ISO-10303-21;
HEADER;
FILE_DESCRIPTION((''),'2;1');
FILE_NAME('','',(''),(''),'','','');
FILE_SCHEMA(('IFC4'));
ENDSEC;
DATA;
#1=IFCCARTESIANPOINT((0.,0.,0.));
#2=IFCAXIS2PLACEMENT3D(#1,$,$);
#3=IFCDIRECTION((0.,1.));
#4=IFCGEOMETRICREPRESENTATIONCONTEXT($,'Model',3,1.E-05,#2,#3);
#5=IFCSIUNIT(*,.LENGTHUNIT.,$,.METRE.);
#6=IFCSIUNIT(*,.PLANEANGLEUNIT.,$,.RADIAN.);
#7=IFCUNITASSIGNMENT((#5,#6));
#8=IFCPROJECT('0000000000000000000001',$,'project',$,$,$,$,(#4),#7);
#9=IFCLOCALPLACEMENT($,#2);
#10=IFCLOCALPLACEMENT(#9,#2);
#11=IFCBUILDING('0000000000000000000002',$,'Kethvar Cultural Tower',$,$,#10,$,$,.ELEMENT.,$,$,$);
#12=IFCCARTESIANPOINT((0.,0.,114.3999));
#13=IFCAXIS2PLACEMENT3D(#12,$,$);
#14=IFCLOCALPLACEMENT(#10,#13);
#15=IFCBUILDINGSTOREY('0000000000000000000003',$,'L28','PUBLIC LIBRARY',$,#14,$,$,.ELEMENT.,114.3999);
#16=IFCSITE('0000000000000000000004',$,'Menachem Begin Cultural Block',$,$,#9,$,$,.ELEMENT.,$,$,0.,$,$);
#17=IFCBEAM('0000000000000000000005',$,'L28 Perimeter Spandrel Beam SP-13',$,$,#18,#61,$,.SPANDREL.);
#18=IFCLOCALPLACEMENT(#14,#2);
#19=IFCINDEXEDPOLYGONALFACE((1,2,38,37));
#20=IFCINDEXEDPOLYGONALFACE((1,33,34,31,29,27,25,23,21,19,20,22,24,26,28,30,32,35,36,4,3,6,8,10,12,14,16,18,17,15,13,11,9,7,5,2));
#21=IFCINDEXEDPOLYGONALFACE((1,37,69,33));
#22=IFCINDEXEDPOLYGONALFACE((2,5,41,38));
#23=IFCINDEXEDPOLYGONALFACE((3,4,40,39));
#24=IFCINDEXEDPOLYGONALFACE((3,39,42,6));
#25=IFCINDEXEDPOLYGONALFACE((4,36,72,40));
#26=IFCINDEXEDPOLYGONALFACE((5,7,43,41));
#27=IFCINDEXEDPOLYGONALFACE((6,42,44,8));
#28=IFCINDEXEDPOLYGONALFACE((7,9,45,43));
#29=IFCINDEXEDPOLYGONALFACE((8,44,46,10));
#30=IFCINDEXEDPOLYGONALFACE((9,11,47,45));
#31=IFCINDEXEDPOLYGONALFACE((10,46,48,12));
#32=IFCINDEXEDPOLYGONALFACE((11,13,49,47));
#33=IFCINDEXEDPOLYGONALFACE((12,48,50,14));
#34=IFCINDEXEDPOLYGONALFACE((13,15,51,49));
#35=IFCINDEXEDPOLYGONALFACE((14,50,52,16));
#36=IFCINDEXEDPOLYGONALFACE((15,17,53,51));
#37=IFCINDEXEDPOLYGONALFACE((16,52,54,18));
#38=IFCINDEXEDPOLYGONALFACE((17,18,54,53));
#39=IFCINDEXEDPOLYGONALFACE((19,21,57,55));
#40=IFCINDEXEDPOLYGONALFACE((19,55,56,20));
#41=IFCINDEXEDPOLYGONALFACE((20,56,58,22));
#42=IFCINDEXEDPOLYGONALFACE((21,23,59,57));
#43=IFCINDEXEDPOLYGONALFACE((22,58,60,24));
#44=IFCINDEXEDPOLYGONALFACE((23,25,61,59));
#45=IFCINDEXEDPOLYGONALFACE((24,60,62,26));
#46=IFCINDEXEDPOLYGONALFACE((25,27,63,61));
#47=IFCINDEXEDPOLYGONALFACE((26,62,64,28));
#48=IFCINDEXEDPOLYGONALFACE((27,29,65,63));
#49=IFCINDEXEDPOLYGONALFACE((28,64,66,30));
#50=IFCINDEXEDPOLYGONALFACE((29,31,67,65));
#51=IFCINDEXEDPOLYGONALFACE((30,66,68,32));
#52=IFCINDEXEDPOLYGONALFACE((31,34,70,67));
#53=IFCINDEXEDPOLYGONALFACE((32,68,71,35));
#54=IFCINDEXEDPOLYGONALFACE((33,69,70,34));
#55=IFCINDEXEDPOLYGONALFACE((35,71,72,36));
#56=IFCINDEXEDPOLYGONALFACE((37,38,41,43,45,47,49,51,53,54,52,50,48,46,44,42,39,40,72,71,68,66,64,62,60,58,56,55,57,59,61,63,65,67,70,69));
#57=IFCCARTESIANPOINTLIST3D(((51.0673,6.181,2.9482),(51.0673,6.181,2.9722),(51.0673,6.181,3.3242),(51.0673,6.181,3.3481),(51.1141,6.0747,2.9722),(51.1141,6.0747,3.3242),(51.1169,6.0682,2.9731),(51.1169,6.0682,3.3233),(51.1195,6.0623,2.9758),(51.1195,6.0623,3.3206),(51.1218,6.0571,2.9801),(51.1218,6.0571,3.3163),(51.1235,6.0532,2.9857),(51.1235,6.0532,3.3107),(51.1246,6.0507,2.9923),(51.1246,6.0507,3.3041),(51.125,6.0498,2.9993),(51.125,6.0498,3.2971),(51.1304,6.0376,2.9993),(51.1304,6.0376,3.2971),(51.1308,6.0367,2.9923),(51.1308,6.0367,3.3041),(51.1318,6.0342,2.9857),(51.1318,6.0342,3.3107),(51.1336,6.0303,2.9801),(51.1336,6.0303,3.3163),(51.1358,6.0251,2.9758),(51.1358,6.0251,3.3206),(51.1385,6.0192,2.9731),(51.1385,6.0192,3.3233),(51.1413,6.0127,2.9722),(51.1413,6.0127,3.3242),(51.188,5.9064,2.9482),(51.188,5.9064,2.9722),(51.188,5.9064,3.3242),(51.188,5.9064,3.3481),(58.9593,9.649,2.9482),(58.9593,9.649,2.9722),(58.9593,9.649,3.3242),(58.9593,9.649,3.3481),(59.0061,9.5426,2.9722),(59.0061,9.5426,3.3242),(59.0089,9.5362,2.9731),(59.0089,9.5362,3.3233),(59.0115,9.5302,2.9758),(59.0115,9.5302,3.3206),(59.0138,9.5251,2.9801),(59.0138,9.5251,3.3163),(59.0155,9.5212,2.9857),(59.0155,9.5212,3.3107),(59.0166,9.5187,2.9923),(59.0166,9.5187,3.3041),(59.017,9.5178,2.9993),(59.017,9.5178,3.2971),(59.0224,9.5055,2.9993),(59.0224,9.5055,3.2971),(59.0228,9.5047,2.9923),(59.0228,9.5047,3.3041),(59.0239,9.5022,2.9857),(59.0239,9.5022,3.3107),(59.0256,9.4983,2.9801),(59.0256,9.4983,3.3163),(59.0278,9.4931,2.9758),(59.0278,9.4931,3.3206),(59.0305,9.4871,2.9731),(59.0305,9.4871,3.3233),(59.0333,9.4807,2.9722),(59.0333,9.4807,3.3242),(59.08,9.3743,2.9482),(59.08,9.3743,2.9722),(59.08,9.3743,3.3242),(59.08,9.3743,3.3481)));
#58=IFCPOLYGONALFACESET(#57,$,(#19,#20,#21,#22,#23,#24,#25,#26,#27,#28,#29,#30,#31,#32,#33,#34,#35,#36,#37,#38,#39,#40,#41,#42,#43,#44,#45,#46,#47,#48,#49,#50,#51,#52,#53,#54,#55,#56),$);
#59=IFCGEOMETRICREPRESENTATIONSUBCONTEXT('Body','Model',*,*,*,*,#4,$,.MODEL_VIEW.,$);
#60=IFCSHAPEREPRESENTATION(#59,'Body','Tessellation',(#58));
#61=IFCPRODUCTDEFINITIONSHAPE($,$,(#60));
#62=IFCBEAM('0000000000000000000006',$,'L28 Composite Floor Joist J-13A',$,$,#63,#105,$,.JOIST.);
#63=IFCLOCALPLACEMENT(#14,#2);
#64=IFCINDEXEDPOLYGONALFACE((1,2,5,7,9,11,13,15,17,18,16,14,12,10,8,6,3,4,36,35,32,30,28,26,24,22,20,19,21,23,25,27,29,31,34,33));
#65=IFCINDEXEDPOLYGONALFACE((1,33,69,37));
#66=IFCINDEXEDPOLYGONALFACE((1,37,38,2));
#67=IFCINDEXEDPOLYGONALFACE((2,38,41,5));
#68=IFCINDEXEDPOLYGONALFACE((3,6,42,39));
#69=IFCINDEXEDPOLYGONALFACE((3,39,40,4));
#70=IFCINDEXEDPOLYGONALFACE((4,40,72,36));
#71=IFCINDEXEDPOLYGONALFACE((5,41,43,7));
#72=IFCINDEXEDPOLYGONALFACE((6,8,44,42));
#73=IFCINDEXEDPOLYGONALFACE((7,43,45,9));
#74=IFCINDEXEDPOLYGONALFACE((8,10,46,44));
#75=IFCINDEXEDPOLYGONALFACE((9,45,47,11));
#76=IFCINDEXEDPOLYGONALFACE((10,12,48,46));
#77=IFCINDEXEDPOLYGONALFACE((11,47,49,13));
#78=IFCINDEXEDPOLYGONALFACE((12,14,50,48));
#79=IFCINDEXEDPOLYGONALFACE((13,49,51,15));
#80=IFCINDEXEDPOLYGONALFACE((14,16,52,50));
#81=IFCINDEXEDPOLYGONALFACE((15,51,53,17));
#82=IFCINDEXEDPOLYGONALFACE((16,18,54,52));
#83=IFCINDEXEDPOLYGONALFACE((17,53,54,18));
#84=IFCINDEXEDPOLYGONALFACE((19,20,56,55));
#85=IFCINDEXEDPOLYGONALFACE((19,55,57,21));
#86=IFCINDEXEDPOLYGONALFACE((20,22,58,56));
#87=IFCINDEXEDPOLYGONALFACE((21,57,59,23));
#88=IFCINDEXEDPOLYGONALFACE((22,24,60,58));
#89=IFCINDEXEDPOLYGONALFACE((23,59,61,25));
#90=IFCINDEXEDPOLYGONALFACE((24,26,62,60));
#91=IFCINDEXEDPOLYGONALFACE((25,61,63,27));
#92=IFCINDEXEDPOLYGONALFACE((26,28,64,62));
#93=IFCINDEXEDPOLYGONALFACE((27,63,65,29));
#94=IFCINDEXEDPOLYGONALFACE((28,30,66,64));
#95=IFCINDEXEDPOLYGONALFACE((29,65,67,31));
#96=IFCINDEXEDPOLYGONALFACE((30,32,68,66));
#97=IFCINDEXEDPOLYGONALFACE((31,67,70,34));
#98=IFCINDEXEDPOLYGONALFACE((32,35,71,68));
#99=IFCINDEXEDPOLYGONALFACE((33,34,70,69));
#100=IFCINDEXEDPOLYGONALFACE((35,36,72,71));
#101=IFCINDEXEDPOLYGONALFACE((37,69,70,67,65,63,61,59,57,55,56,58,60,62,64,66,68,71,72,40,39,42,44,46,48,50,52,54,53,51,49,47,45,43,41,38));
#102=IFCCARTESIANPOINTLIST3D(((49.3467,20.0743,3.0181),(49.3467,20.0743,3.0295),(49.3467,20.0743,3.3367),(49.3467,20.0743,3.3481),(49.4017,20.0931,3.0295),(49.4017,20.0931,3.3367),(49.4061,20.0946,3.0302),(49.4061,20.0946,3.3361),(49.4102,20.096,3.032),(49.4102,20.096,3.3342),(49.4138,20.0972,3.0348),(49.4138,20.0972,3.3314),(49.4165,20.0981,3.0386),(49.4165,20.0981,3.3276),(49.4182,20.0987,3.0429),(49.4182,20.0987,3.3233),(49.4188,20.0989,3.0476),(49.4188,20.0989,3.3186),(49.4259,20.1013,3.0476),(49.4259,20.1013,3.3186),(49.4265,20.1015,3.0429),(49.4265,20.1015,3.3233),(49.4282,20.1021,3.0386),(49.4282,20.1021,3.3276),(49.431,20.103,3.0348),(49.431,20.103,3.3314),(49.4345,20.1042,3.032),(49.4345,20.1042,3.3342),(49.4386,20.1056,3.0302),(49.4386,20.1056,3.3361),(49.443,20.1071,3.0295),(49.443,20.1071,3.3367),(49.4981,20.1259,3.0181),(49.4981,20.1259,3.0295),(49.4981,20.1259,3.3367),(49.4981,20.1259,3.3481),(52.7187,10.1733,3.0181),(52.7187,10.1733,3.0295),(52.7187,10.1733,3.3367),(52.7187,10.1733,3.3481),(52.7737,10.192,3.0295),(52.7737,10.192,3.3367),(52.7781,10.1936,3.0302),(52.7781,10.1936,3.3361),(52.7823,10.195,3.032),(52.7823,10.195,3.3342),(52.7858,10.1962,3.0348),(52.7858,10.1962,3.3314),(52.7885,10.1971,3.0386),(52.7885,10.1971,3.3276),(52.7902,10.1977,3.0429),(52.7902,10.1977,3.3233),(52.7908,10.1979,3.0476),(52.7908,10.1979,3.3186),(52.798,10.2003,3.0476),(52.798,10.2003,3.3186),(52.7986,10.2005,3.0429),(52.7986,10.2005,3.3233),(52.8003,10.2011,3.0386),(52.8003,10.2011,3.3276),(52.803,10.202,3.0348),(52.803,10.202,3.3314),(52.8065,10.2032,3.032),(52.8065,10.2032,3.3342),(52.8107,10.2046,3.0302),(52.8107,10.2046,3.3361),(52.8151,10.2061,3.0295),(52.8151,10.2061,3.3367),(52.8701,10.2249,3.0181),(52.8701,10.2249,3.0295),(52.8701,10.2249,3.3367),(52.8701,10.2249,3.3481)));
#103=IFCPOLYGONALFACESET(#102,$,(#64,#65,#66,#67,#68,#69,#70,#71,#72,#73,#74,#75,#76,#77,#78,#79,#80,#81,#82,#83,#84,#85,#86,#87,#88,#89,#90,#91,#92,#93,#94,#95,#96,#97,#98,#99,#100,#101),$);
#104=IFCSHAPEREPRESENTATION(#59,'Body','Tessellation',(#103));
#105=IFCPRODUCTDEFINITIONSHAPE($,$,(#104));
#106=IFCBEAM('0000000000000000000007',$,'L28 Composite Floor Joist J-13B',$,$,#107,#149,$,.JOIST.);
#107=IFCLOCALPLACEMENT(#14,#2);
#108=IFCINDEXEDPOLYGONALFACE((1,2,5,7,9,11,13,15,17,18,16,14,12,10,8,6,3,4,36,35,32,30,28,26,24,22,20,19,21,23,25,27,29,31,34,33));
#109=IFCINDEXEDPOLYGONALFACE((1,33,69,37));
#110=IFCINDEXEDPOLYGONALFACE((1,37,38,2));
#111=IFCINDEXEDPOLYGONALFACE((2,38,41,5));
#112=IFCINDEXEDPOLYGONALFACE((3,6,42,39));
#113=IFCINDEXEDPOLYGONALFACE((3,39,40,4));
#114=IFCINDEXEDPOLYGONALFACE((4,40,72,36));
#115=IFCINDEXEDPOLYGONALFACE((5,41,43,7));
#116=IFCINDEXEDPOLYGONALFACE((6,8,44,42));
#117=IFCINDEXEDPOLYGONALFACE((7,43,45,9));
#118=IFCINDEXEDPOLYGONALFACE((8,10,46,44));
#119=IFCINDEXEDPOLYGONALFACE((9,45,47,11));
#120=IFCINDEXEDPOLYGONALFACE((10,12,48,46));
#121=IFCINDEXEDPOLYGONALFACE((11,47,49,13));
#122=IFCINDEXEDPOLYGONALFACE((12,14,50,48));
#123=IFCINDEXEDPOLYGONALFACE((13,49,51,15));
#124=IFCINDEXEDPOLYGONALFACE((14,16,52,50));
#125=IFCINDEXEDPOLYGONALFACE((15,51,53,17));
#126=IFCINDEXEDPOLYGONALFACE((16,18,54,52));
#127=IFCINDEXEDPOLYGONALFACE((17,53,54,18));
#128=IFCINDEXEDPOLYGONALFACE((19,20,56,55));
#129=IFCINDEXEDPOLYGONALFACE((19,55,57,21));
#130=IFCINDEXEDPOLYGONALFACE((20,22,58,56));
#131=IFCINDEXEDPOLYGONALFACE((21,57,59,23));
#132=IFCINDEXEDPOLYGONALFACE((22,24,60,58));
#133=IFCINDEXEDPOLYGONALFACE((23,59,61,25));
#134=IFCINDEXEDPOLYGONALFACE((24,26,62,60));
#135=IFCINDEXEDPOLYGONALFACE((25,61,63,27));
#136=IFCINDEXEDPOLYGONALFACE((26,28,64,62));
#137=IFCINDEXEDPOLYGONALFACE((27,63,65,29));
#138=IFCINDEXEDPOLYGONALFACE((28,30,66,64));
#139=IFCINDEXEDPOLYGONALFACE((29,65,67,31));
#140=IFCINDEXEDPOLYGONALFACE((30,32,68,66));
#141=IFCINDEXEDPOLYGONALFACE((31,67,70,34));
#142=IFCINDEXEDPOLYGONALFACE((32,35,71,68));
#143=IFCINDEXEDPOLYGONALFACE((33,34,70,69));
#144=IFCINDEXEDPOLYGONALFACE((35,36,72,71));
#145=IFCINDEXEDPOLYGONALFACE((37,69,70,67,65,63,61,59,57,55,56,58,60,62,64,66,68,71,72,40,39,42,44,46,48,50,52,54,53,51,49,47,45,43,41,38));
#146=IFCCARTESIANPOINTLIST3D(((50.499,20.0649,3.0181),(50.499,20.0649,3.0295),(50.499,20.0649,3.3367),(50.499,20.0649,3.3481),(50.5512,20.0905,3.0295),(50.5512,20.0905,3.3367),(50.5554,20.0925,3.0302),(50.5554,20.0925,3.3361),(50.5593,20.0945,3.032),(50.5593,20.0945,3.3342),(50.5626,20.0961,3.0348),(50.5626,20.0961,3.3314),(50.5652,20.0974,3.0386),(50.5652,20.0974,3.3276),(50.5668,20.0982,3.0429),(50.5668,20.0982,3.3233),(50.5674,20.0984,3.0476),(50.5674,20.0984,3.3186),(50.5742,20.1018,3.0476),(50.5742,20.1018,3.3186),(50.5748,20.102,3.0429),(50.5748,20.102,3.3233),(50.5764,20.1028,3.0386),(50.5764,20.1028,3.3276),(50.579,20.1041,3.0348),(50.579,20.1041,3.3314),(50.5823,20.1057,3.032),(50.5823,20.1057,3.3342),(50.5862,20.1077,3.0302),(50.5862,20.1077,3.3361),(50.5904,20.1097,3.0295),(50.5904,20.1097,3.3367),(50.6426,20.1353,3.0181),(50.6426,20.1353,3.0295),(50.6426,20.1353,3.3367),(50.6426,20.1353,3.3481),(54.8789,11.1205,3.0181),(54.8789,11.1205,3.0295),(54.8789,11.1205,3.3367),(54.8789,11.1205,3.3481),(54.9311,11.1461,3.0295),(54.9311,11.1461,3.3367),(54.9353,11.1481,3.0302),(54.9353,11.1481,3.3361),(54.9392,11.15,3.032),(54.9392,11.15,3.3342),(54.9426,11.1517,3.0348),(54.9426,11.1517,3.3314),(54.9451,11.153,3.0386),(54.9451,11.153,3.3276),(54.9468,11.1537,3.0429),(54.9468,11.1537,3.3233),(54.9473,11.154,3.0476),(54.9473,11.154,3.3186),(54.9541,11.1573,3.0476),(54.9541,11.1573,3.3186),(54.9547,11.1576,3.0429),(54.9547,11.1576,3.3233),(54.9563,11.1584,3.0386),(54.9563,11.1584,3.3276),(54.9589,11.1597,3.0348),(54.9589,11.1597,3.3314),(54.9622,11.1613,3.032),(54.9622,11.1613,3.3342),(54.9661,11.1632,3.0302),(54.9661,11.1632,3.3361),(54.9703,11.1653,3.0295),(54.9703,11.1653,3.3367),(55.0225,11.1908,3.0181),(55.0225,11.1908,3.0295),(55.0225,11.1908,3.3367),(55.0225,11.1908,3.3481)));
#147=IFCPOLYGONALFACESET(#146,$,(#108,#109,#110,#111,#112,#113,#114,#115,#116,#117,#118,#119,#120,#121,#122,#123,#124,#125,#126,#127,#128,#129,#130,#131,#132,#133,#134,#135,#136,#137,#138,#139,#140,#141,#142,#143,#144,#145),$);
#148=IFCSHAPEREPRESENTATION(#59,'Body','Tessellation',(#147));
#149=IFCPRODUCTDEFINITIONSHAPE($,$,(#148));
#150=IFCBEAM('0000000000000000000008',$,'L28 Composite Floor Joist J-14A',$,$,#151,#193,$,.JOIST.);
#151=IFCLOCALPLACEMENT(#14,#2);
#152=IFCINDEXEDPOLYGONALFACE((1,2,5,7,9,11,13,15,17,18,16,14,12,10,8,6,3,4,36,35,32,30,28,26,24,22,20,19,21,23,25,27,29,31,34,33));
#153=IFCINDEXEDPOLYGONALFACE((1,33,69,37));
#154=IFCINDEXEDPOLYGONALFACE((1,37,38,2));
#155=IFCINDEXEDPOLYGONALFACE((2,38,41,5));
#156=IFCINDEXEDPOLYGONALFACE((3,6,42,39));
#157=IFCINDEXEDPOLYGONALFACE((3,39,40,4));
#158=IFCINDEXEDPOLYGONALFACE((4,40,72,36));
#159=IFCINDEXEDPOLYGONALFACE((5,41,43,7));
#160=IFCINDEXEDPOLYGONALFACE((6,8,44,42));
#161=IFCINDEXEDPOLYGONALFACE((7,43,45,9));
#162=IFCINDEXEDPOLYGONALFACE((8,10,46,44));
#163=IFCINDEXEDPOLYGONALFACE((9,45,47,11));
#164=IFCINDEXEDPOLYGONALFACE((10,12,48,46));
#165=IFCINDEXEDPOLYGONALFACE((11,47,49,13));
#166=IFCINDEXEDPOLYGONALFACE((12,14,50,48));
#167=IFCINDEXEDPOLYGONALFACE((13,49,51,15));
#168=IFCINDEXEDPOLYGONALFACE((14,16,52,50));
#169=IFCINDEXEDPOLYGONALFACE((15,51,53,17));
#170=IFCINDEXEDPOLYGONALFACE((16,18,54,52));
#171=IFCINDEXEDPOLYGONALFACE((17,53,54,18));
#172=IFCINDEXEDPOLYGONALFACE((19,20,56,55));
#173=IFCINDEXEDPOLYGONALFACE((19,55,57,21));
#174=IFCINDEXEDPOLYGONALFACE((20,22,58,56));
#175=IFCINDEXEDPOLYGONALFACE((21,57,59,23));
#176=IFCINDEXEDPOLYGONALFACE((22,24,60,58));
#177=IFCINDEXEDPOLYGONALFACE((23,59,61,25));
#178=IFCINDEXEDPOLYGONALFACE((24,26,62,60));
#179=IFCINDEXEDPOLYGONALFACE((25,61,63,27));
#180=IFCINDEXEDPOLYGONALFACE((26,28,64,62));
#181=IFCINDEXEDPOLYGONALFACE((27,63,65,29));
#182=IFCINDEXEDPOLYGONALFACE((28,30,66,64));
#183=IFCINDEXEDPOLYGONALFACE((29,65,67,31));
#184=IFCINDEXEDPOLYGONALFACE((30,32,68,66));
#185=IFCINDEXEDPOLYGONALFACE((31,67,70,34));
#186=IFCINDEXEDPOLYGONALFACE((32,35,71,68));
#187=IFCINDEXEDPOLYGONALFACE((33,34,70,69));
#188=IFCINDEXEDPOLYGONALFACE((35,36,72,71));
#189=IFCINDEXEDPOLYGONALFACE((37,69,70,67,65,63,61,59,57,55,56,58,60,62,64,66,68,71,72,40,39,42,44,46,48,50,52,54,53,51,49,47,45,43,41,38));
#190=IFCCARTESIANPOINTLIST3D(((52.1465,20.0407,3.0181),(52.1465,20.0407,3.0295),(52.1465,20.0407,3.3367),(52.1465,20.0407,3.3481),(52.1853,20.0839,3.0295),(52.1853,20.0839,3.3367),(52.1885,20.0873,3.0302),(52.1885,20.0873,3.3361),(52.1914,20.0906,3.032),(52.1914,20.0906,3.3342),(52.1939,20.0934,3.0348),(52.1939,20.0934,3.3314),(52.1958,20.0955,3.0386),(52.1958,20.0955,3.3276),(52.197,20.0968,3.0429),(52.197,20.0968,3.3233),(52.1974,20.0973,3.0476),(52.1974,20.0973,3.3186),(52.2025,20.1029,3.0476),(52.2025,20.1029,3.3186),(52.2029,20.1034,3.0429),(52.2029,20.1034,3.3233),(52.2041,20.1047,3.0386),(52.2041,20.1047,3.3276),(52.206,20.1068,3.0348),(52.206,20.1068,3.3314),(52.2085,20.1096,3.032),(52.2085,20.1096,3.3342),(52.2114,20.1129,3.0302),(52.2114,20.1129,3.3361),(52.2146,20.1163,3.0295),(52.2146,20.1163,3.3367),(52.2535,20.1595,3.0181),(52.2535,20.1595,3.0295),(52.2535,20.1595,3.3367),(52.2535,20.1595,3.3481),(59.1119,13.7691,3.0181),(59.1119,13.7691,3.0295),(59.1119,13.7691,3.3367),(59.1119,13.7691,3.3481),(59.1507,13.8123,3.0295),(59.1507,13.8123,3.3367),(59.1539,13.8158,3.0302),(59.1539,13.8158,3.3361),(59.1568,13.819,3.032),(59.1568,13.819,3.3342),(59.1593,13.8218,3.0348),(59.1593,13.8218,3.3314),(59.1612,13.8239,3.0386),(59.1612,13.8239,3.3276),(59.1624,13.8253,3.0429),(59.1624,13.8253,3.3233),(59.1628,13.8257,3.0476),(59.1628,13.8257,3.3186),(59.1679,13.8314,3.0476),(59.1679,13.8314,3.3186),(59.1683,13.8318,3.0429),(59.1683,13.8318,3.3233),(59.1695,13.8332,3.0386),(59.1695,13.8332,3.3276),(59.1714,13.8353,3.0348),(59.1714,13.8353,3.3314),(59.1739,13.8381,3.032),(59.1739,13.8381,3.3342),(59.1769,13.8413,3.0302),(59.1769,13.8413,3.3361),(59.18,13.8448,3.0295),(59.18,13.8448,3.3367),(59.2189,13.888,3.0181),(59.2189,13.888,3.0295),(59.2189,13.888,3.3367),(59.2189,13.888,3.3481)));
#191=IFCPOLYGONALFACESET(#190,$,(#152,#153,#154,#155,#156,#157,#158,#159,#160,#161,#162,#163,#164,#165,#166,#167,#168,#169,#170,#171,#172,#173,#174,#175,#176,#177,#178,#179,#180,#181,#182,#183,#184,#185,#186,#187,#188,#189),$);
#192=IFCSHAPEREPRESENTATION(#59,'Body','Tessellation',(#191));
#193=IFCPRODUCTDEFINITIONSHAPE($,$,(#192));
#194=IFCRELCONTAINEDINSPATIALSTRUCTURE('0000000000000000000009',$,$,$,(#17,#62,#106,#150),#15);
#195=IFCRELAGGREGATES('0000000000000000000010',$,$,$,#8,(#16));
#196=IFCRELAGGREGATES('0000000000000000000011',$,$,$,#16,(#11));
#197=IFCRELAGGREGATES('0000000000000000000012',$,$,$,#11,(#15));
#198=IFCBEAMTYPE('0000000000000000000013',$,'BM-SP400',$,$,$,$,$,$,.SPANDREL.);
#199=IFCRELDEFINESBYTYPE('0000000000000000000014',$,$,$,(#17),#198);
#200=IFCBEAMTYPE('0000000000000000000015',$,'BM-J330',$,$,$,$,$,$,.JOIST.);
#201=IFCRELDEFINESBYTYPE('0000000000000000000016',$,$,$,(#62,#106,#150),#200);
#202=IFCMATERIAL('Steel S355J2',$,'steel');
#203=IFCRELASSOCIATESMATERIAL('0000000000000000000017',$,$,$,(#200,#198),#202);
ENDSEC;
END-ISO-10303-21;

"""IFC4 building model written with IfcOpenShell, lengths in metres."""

from ifc_helpers import new_model, si_unit, direction, frame, origin, origin_2d, place, context, subcontext, project, spatial, i_section, extrude, source, transform, mapped, material, material_profile, profile_set, type_object, element, save


model = new_model("IFC4")

# Units and contexts
model_context = context("Model", 3, precision=1e-05, world=origin(), true_north=direction((0.0, 1.0)))
body_context = subcontext(model_context, "Body", "Model", "MODEL_VIEW")
ifc_project = project(units=[si_unit("LENGTHUNIT", "METRE"), si_unit("PLANEANGLEUNIT", "RADIAN")], contexts=[model_context])

# Site, building, storey
site_placement = place(None, origin())
site = spatial("IfcSite", under=ifc_project, at=site_placement, Name="Menachem Begin Cultural Block", CompositionType="ELEMENT", RefElevation=0.0)
building_placement = place(site_placement, origin())
building = spatial("IfcBuilding", under=site, at=building_placement, Name="Kethvar Cultural Tower", CompositionType="ELEMENT")
storey_placement = place(building_placement, frame((0.0, 0.0, 114.3999)))
storey = spatial("IfcBuildingStorey", under=building, at=storey_placement, Name="L28", Description="PUBLIC LIBRARY", CompositionType="ELEMENT", Elevation=114.3999)

# Beams
ifc_material_1 = material(Name="Steel S355J2", Category="steel")
ifc_material_profile_1 = material_profile(ifc_material_1, i_section(OverallWidth=0.1599, OverallDepth=0.3301, WebThickness=0.0076, FlangeThickness=0.0115, FilletRadius=0.0181, at=origin_2d()), Name="Steel S355J2 — IPE330")
ifc_profile_set_1 = profile_set([ifc_material_profile_1], Name="Steel S355J2 — IPE330")
beam_type_1 = type_object("IfcBeamType", Name="BM-J330", PredefinedType="JOIST", material=ifc_profile_set_1)
ifc_material_profile_2 = material_profile(ifc_material_1, i_section(OverallWidth=0.3, OverallDepth=0.3999, WebThickness=0.0134, FlangeThickness=0.0239, FilletRadius=0.0271, at=origin_2d()), Name="Steel S355J2 — HEB400")
ifc_profile_set_2 = profile_set([ifc_material_profile_2], Name="Steel S355J2 — HEB400")
beam_type_2 = type_object("IfcBeamType", Name="BM-SP400", PredefinedType="SPANDREL", material=ifc_profile_set_2)
shared_shape_1 = source(origin(), body_context, "Body", "SweptSolid", [
    extrude(i_section(OverallWidth=0.3, OverallDepth=0.3999, WebThickness=0.0134, FlangeThickness=0.0239, FilletRadius=0.0271, at=origin_2d()), origin(), (0.0, 0.0, 1.0), 8.6204),
])
beam_1_placement = place(storey_placement, frame((51.1277, 6.0437, 3.1482), z_axis=(0.915507, 0.402301, 0.0), x_axis=(-0.402301, 0.915507, 0.0)))
element("IfcBeam", 1, at=beam_1_placement, inside=storey, type_object=beam_type_2, Name="L28 Perimeter Spandrel Beam SP-13", PredefinedType="SPANDREL", context=body_context, shape_type="MappedRepresentation", body=[
    mapped(shared_shape_1, transform((0.0, 0.0, 0.0), scale=1.0)),
])
shared_shape_2 = source(origin(), body_context, "Body", "SweptSolid", [
    extrude(i_section(OverallWidth=0.1599, OverallDepth=0.3301, WebThickness=0.0076, FlangeThickness=0.0115, FilletRadius=0.0181, at=origin_2d()), origin(), (0.0, 0.0, 1.0), 10.4595),
])
beam_2_placement = place(storey_placement, frame((49.4224, 20.1001, 3.1831), z_axis=(0.32239, -0.946607, 0.0), x_axis=(0.946607, 0.32239, 0.0)))
element("IfcBeam", 2, at=beam_2_placement, inside=storey, type_object=beam_type_1, Name="L28 Composite Floor Joist J-13A", PredefinedType="JOIST", context=body_context, shape_type="MappedRepresentation", body=[
    mapped(shared_shape_2, transform((0.0, 0.0, 0.0), scale=1.0)),
])
shared_shape_3 = source(origin(), body_context, "Body", "SweptSolid", [
    extrude(i_section(OverallWidth=0.1599, OverallDepth=0.3301, WebThickness=0.0076, FlangeThickness=0.0115, FilletRadius=0.0181, at=origin_2d()), origin(), (0.0, 0.0, 1.0), 9.9592),
])
beam_3_placement = place(storey_placement, frame((50.5708, 20.1001, 3.1831), z_axis=(0.439785, -0.898103, 0.0), x_axis=(0.898103, 0.439785, 0.0)))
element("IfcBeam", 3, at=beam_3_placement, inside=storey, type_object=beam_type_1, Name="L28 Composite Floor Joist J-13B", PredefinedType="JOIST", context=body_context, shape_type="MappedRepresentation", body=[
    mapped(shared_shape_3, transform((0.0, 0.0, 0.0), scale=1.0)),
])
shared_shape_4 = source(origin(), body_context, "Body", "SweptSolid", [
    extrude(i_section(OverallWidth=0.1599, OverallDepth=0.3301, WebThickness=0.0076, FlangeThickness=0.0115, FilletRadius=0.0181, at=origin_2d()), origin(), (0.0, 0.0, 1.0), 9.3728),
])
beam_4_placement = place(storey_placement, frame((52.2, 20.1001, 3.1831), z_axis=(0.743152, -0.669123, 0.0), x_axis=(0.669123, 0.743152, 0.0)))
element("IfcBeam", 4, at=beam_4_placement, inside=storey, type_object=beam_type_1, Name="L28 Composite Floor Joist J-14A", PredefinedType="JOIST", context=body_context, shape_type="MappedRepresentation", body=[
    mapped(shared_shape_4, transform((0.0, 0.0, 0.0), scale=1.0)),
])

save(model, "model.ifc")
